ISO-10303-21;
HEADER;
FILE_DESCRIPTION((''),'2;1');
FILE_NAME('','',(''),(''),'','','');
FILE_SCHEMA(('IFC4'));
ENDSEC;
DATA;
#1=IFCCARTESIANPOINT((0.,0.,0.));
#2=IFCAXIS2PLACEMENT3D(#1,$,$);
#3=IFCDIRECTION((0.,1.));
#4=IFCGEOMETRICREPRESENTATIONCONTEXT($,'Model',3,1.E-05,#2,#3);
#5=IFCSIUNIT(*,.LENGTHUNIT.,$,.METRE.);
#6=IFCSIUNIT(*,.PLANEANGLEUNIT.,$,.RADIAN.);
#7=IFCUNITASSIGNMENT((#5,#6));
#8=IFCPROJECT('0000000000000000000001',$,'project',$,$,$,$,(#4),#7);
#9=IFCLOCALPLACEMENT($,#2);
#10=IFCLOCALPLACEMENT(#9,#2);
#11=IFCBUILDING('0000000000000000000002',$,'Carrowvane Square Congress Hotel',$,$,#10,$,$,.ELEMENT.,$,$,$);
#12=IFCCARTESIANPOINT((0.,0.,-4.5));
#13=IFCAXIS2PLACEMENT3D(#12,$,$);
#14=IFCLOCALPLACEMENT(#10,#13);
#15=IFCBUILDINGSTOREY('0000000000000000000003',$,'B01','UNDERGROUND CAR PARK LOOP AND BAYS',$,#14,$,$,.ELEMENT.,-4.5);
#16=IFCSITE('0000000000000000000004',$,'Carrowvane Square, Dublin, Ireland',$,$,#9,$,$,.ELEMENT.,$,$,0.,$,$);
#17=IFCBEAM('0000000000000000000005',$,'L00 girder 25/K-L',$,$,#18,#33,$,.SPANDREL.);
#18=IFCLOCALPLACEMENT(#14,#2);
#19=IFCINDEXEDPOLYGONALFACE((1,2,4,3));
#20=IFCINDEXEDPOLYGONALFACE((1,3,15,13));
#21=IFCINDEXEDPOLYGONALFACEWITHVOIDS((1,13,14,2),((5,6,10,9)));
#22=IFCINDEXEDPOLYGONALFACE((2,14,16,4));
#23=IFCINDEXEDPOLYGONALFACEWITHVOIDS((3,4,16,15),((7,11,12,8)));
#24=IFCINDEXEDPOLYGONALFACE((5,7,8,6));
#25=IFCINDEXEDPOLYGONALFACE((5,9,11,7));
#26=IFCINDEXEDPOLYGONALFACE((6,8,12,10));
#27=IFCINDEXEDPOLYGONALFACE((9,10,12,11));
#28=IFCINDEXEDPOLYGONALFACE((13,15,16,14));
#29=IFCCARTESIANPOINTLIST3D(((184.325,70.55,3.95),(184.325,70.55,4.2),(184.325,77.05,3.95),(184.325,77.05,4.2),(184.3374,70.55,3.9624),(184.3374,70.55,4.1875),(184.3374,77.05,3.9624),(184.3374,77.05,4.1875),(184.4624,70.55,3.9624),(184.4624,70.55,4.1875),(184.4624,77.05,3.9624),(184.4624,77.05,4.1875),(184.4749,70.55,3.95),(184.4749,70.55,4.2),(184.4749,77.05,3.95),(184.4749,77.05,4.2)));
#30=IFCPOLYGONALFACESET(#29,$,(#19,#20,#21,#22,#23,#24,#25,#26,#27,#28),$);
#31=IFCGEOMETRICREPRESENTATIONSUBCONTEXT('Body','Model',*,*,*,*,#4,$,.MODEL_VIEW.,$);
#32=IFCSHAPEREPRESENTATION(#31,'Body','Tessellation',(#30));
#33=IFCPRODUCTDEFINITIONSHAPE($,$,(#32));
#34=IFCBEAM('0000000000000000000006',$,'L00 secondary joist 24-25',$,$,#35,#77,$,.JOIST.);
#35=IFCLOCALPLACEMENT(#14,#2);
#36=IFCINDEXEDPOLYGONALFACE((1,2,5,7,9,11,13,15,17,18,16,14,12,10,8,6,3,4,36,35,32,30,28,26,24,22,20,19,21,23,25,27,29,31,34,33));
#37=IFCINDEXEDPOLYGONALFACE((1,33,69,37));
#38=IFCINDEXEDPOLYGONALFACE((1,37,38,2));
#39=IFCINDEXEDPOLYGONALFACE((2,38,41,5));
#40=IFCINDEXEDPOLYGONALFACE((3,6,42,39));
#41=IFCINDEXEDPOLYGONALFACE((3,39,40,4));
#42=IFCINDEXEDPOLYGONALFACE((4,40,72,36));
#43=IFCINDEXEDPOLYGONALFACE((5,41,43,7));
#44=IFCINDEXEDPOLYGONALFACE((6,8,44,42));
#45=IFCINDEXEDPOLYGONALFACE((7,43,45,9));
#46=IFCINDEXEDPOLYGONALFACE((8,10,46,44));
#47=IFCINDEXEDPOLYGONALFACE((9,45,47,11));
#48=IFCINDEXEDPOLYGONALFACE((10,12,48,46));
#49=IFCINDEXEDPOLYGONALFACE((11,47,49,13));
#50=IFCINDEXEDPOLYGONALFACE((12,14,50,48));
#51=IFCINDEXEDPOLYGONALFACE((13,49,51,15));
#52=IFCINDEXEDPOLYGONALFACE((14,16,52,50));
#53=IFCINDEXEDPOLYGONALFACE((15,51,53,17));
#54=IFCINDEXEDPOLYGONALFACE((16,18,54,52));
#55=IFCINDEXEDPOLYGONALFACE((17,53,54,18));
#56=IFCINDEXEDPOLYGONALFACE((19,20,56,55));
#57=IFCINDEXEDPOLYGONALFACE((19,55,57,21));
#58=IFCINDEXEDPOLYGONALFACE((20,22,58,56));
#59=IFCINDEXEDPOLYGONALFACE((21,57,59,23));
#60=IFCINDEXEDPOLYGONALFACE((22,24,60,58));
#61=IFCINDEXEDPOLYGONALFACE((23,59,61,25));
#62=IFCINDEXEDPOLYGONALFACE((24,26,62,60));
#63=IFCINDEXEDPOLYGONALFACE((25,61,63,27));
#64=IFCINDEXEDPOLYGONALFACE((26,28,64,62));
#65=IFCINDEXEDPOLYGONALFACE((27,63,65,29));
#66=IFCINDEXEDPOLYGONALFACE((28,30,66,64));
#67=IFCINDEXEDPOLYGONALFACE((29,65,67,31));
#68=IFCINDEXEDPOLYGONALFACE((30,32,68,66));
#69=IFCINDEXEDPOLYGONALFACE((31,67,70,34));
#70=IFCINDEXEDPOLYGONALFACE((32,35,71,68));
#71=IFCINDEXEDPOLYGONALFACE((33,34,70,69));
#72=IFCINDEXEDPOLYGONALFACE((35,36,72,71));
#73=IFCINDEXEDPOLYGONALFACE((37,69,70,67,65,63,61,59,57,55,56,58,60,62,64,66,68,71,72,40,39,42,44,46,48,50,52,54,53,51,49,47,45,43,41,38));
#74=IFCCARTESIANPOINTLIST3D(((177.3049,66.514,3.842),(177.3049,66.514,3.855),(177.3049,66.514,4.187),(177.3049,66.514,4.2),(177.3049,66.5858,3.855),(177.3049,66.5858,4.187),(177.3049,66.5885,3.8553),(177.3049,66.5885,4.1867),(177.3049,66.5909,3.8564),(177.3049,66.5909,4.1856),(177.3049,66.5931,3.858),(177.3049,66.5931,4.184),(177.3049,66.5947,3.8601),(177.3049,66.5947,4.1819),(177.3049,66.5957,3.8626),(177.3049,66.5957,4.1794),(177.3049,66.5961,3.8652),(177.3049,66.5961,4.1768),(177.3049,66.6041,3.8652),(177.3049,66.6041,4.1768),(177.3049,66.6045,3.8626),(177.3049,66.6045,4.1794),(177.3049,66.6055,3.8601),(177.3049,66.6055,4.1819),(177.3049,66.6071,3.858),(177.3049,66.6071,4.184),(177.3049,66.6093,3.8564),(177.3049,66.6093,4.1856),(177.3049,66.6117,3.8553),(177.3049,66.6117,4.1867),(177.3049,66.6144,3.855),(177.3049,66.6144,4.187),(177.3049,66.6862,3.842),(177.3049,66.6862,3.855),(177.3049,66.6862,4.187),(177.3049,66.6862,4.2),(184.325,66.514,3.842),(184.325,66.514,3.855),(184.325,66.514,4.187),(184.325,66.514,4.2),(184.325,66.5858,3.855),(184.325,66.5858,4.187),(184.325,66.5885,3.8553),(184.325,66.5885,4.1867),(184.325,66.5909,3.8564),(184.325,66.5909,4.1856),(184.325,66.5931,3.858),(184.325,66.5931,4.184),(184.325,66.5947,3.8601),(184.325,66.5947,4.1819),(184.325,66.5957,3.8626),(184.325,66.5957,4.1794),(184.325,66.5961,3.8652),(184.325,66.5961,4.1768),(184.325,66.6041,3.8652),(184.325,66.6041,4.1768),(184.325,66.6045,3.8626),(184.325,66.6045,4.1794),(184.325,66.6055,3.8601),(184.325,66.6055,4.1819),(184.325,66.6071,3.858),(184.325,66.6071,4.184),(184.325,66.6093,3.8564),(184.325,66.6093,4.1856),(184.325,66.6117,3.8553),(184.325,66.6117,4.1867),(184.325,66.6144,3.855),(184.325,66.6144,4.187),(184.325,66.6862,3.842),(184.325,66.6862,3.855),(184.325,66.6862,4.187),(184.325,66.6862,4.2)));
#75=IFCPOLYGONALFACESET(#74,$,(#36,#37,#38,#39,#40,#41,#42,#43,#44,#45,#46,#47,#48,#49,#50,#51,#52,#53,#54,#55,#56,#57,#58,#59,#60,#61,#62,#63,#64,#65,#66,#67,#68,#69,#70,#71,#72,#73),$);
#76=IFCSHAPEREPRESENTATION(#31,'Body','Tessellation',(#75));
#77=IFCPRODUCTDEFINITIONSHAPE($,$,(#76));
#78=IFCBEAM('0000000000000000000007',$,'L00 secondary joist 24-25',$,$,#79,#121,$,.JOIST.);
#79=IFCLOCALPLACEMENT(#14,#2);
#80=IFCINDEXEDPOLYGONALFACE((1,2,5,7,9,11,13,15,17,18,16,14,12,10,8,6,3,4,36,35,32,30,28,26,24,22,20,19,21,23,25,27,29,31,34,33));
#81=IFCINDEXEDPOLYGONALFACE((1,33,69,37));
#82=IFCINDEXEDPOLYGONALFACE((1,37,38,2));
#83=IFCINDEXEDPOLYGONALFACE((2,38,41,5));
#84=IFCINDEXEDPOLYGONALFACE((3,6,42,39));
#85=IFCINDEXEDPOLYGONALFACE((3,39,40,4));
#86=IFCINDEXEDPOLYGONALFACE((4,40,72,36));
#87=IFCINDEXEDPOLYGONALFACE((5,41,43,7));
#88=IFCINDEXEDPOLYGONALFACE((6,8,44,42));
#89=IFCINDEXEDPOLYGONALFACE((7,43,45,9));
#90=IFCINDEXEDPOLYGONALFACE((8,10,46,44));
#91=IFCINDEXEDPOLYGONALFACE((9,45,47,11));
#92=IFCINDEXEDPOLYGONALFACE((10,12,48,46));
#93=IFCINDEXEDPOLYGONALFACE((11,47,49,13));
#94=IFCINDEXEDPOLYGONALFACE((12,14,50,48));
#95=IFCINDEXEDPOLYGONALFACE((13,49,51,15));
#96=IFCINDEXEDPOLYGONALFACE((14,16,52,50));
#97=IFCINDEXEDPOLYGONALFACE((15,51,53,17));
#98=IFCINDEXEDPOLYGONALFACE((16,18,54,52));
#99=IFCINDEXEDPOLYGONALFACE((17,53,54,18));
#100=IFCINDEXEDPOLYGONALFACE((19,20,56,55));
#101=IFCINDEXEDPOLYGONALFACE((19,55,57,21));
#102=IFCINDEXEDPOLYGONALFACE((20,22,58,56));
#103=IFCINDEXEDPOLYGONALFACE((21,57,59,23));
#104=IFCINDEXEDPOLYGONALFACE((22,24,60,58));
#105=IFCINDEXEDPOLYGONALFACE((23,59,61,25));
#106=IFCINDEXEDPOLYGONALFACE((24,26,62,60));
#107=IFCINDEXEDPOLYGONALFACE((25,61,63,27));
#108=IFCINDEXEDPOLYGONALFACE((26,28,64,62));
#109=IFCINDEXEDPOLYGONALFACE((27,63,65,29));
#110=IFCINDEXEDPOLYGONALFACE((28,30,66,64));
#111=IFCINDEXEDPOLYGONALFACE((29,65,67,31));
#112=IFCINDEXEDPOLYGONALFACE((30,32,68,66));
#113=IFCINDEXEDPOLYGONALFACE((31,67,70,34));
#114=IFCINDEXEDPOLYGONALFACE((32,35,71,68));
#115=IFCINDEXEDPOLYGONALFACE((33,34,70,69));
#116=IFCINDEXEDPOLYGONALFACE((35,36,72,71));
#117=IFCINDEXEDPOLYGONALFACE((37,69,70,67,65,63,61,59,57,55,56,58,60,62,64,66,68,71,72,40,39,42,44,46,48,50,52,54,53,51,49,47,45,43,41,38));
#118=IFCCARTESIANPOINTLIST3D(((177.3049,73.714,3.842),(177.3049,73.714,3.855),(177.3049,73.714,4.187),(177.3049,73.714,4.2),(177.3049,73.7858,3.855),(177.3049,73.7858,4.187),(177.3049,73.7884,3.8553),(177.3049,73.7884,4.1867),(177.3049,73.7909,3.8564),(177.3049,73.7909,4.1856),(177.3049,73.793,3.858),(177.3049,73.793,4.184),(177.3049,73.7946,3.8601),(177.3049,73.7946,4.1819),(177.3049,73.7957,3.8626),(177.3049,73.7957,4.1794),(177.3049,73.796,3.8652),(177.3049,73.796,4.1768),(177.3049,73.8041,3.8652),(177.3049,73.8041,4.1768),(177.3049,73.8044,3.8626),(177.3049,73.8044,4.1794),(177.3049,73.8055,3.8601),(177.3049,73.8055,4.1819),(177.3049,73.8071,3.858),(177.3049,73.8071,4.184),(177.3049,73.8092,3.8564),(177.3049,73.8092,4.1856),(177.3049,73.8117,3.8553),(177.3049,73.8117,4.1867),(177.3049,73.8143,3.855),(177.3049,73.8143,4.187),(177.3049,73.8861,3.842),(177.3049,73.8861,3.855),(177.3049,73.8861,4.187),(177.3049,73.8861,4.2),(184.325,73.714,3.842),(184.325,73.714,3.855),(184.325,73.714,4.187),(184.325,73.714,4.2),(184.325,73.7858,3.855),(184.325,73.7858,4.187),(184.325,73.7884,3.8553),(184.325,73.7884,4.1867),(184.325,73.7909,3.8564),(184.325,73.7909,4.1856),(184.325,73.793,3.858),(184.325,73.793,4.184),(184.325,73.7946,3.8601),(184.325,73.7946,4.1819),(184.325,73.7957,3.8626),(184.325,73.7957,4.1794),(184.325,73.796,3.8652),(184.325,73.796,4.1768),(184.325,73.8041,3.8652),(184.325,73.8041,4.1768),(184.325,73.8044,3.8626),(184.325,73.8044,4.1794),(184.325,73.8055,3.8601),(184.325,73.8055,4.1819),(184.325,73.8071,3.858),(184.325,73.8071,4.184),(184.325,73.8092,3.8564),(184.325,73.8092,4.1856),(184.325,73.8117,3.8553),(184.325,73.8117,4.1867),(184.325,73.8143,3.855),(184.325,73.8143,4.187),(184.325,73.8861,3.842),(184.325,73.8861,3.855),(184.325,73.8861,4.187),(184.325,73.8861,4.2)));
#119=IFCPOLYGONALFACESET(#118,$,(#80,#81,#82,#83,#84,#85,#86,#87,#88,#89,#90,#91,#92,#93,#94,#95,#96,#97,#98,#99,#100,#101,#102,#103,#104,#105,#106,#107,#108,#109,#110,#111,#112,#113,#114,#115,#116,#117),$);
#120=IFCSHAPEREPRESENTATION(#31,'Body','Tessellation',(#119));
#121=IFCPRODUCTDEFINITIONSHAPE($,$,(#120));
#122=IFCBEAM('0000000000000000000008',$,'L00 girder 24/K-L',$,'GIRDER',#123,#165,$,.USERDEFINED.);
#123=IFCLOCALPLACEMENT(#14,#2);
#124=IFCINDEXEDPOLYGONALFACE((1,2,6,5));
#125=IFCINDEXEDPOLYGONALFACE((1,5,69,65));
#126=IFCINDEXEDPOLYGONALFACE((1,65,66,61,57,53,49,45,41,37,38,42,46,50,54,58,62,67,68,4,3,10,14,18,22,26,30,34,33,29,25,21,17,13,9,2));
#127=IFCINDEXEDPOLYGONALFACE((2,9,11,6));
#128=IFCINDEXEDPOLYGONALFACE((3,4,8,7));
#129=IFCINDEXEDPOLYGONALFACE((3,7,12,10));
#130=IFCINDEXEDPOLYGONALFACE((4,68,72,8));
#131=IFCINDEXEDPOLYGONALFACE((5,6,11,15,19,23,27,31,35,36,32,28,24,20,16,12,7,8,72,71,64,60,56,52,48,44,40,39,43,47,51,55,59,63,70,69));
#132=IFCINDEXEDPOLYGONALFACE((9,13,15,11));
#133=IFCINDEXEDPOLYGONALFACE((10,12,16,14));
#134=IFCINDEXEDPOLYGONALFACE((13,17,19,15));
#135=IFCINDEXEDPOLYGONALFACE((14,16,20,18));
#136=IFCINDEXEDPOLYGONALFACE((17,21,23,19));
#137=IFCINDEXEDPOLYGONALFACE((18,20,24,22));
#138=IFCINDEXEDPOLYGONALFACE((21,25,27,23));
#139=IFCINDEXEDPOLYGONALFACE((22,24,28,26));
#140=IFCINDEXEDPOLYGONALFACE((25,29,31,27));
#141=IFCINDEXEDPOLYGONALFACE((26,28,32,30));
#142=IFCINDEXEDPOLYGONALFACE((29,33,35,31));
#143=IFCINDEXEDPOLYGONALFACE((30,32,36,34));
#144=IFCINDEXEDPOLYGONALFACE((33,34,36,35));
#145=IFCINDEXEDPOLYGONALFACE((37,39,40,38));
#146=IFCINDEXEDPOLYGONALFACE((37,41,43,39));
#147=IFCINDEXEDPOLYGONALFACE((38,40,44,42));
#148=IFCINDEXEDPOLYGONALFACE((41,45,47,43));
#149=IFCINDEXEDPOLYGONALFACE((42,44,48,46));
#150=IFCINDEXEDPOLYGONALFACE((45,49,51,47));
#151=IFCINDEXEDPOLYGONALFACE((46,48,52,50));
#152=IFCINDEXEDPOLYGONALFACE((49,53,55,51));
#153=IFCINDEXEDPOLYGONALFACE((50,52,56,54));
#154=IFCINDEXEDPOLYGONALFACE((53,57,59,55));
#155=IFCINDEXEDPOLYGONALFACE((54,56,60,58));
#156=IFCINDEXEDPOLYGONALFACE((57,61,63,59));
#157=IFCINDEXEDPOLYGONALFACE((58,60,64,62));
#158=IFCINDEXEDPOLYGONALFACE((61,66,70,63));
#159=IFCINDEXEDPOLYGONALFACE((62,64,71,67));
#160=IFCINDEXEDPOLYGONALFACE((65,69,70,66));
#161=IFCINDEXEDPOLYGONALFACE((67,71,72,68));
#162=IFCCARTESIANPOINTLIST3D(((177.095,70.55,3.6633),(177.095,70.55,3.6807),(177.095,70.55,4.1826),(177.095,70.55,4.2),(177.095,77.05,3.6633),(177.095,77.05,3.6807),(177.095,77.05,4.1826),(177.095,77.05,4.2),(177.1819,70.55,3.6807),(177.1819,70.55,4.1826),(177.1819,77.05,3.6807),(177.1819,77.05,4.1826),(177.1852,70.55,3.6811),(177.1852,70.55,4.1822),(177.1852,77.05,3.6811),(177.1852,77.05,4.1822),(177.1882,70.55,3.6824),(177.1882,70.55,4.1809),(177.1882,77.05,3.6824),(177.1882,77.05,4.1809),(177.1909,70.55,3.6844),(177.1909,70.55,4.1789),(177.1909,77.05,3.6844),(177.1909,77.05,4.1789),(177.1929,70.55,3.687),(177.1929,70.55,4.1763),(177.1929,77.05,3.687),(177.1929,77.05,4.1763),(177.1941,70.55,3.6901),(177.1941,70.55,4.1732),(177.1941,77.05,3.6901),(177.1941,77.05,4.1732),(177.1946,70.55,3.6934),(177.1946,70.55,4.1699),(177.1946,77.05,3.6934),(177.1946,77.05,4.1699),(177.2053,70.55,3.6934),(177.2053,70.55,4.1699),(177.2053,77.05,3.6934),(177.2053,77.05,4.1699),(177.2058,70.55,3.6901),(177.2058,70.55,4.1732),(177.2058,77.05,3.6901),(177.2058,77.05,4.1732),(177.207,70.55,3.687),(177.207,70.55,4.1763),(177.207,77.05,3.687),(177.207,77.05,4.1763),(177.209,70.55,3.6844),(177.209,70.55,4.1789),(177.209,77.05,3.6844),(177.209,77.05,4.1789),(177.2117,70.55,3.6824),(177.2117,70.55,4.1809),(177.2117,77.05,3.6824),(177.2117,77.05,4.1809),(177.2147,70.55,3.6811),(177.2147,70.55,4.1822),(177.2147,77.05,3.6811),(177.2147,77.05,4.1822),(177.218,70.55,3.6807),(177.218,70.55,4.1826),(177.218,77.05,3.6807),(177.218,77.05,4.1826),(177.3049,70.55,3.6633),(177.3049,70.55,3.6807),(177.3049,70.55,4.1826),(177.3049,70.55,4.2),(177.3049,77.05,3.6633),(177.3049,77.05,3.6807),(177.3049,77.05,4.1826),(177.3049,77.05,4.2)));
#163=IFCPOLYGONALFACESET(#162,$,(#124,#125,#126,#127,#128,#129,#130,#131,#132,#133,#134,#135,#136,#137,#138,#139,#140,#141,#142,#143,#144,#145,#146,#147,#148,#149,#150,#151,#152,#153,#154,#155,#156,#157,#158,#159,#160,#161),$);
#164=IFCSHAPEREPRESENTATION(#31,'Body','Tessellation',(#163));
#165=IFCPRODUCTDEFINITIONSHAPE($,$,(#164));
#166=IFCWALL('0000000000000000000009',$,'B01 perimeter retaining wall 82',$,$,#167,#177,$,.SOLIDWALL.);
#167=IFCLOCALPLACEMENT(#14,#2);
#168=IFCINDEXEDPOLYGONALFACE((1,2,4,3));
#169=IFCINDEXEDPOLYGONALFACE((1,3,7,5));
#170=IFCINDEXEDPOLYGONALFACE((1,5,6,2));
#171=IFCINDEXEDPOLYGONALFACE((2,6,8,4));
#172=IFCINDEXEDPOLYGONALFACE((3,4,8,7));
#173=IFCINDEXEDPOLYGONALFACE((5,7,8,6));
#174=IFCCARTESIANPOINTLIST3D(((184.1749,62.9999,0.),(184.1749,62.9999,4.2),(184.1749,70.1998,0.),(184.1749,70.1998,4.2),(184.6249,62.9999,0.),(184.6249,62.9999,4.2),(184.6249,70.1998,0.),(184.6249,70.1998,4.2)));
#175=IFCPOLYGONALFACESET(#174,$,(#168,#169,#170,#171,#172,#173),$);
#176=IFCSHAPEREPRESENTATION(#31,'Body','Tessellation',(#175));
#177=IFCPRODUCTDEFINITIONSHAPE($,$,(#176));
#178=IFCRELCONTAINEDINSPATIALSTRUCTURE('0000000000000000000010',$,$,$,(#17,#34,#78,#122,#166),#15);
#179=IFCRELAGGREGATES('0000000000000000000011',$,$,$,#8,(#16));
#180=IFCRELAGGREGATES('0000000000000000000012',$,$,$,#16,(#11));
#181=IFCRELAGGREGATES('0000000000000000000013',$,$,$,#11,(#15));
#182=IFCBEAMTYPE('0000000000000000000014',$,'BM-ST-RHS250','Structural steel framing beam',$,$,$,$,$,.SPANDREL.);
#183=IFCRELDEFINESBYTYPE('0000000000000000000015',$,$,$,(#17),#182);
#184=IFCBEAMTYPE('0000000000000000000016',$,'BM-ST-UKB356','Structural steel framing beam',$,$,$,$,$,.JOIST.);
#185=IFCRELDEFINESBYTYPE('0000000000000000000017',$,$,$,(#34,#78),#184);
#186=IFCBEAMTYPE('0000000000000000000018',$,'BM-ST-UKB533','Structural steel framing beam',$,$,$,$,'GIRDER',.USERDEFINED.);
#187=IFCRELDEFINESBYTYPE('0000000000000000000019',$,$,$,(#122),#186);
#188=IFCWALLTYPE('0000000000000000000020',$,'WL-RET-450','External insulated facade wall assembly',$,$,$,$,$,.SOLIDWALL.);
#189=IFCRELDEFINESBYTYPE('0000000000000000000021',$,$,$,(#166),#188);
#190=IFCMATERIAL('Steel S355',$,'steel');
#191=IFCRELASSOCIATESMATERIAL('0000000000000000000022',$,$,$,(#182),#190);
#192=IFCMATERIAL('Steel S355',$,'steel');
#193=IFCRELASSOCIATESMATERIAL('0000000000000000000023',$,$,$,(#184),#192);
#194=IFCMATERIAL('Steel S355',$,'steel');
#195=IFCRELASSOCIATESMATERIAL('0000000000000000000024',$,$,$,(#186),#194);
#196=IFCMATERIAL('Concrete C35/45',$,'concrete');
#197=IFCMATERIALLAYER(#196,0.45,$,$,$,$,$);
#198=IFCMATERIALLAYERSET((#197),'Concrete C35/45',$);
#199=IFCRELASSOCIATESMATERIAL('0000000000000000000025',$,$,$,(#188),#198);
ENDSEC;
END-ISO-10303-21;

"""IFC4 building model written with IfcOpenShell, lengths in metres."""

from ifc_helpers import new_model, si_unit, direction, frame, frame_2d, origin, origin_2d, place, context, subcontext, project, spatial, rectangle, hollow_rectangle, i_section, extrude, material, layer, layer_set, material_profile, profile_set, type_object, element, save


model = new_model("IFC4")

# Units and contexts
model_context = context("Model", 3, precision=1e-05, world=origin(), true_north=direction((0.0, 1.0)))
body_context = subcontext(model_context, "Body", "Model", "MODEL_VIEW")
ifc_project = project(units=[si_unit("LENGTHUNIT", "METRE"), si_unit("PLANEANGLEUNIT", "RADIAN")], contexts=[model_context])

# Site, building, storey
site_placement = place(None, origin())
site = spatial("IfcSite", under=ifc_project, at=site_placement, Name="Carrowvane Square, Dublin, Ireland", CompositionType="ELEMENT", RefElevation=0.0)
building_placement = place(site_placement, origin())
building = spatial("IfcBuilding", under=site, at=building_placement, Name="Carrowvane Square Congress Hotel", CompositionType="ELEMENT")
storey_placement = place(building_placement, frame((0.0, 0.0, -4.5)))
storey = spatial("IfcBuildingStorey", under=building, at=storey_placement, Name="B01", Description="UNDERGROUND CAR PARK LOOP AND BAYS", CompositionType="ELEMENT", Elevation=-4.5)

# Beams
ifc_material_1 = material(Name="Steel S355", Category="steel")
ifc_material_profile_1 = material_profile(ifc_material_1, hollow_rectangle(XDim=0.1499, YDim=0.25, WallThickness=0.0125, at=origin_2d()), Name="RHS 250x150x12.5")
ifc_profile_set_1 = profile_set([ifc_material_profile_1], Name="Steel S355")
beam_type_1 = type_object("IfcBeamType", Name="BM-ST-RHS250", Description="Structural steel framing beam", PredefinedType="SPANDREL", material=ifc_profile_set_1)
beam_1_placement = place(storey_placement, frame((184.3999, 70.55, 4.075), z_axis=(0.0, 1.0, 0.0), x_axis=(-1.0, 0.0, 0.0)))
element("IfcBeam", 1, at=beam_1_placement, inside=storey, type_object=beam_type_1, Name="L00 girder 25/K-L", PredefinedType="SPANDREL", context=body_context, shape_type="SweptSolid", body=[
    extrude(hollow_rectangle(XDim=0.1499, YDim=0.25, WallThickness=0.0125, at=origin_2d()), origin(), (0.0, 0.0, 1.0), 6.5),
])
ifc_material_2 = material(Name="Steel S355", Category="steel")
ifc_material_profile_2 = material_profile(ifc_material_2, i_section(OverallWidth=0.1721, OverallDepth=0.3579, WebThickness=0.0081, FlangeThickness=0.0129, FilletRadius=0.0103, at=origin_2d()), Name="UKB 356x171x57")
ifc_profile_set_2 = profile_set([ifc_material_profile_2], Name="Steel S355")
beam_type_2 = type_object("IfcBeamType", Name="BM-ST-UKB356", Description="Structural steel framing beam", PredefinedType="JOIST", material=ifc_profile_set_2)
for number, where, z_axis, x_axis, name in (
    (2, (177.3049, 66.6001, 4.021), (1.0, 0.0, 0.0), (0.0, 1.0, 0.0), "L00 secondary joist 24-25"),
    (3, (177.3049, 73.8, 4.021), (1.0, 0.0, 0.0), (0.0, 1.0, 0.0), "L00 secondary joist 24-25"),
):
    element("IfcBeam", number, at=place(storey_placement, frame(where, z_axis=z_axis, x_axis=x_axis)), inside=storey, type_object=beam_type_2, Name=name, PredefinedType="JOIST", context=body_context, shape_type="SweptSolid", body=[
        extrude(i_section(OverallWidth=0.1721, OverallDepth=0.3579, WebThickness=0.0081, FlangeThickness=0.0129, FilletRadius=0.0103, at=origin_2d()), origin(), (0.0, 0.0, 1.0), 7.02),
    ])
ifc_material_3 = material(Name="Steel S355", Category="steel")
ifc_material_profile_3 = material_profile(ifc_material_3, i_section(OverallWidth=0.21, OverallDepth=0.5366, WebThickness=0.0107, FlangeThickness=0.0173, FilletRadius=0.0127, at=origin_2d()), Name="UKB 533x210x101")
ifc_profile_set_3 = profile_set([ifc_material_profile_3], Name="Steel S355")
beam_type_3 = type_object("IfcBeamType", Name="BM-ST-UKB533", Description="Structural steel framing beam", ElementType="GIRDER", PredefinedType="USERDEFINED", material=ifc_profile_set_3)
beam_2_placement = place(storey_placement, frame((177.2, 70.55, 3.9316), z_axis=(0.0, 1.0, 0.0), x_axis=(-1.0, 0.0, 0.0)))
element("IfcBeam", 4, at=beam_2_placement, inside=storey, type_object=beam_type_3, Name="L00 girder 24/K-L", ObjectType="GIRDER", PredefinedType="USERDEFINED", context=body_context, shape_type="SweptSolid", body=[
    extrude(i_section(OverallWidth=0.21, OverallDepth=0.5366, WebThickness=0.0107, FlangeThickness=0.0173, FilletRadius=0.0127, at=origin_2d()), origin(), (0.0, 0.0, 1.0), 6.5),
])

# Wall
ifc_material_4 = material(Name="Concrete C35/45", Category="concrete")
ifc_layer = layer(ifc_material_4, 0.45)
ifc_layer_set = layer_set([ifc_layer], Name="Concrete C35/45")
wall_type = type_object("IfcWallType", Name="WL-RET-450", Description="External insulated facade wall assembly", PredefinedType="SOLIDWALL", material=ifc_layer_set)
wall_placement = place(storey_placement, frame((184.3999, 70.2, 0.0), z_axis=(0.0, 0.0, 1.0), x_axis=(0.0, -1.0, 0.0)))
element("IfcWall", 5, at=wall_placement, inside=storey, type_object=wall_type, Name="B01 perimeter retaining wall 82", PredefinedType="SOLIDWALL", context=body_context, shape_type="SweptSolid", body=[
    extrude(rectangle(XDim=7.2, YDim=0.45, at=frame_2d((3.6001, 0.0))), origin(), (0.0, 0.0, 1.0), 4.2),
])

save(model, "model.ifc")
